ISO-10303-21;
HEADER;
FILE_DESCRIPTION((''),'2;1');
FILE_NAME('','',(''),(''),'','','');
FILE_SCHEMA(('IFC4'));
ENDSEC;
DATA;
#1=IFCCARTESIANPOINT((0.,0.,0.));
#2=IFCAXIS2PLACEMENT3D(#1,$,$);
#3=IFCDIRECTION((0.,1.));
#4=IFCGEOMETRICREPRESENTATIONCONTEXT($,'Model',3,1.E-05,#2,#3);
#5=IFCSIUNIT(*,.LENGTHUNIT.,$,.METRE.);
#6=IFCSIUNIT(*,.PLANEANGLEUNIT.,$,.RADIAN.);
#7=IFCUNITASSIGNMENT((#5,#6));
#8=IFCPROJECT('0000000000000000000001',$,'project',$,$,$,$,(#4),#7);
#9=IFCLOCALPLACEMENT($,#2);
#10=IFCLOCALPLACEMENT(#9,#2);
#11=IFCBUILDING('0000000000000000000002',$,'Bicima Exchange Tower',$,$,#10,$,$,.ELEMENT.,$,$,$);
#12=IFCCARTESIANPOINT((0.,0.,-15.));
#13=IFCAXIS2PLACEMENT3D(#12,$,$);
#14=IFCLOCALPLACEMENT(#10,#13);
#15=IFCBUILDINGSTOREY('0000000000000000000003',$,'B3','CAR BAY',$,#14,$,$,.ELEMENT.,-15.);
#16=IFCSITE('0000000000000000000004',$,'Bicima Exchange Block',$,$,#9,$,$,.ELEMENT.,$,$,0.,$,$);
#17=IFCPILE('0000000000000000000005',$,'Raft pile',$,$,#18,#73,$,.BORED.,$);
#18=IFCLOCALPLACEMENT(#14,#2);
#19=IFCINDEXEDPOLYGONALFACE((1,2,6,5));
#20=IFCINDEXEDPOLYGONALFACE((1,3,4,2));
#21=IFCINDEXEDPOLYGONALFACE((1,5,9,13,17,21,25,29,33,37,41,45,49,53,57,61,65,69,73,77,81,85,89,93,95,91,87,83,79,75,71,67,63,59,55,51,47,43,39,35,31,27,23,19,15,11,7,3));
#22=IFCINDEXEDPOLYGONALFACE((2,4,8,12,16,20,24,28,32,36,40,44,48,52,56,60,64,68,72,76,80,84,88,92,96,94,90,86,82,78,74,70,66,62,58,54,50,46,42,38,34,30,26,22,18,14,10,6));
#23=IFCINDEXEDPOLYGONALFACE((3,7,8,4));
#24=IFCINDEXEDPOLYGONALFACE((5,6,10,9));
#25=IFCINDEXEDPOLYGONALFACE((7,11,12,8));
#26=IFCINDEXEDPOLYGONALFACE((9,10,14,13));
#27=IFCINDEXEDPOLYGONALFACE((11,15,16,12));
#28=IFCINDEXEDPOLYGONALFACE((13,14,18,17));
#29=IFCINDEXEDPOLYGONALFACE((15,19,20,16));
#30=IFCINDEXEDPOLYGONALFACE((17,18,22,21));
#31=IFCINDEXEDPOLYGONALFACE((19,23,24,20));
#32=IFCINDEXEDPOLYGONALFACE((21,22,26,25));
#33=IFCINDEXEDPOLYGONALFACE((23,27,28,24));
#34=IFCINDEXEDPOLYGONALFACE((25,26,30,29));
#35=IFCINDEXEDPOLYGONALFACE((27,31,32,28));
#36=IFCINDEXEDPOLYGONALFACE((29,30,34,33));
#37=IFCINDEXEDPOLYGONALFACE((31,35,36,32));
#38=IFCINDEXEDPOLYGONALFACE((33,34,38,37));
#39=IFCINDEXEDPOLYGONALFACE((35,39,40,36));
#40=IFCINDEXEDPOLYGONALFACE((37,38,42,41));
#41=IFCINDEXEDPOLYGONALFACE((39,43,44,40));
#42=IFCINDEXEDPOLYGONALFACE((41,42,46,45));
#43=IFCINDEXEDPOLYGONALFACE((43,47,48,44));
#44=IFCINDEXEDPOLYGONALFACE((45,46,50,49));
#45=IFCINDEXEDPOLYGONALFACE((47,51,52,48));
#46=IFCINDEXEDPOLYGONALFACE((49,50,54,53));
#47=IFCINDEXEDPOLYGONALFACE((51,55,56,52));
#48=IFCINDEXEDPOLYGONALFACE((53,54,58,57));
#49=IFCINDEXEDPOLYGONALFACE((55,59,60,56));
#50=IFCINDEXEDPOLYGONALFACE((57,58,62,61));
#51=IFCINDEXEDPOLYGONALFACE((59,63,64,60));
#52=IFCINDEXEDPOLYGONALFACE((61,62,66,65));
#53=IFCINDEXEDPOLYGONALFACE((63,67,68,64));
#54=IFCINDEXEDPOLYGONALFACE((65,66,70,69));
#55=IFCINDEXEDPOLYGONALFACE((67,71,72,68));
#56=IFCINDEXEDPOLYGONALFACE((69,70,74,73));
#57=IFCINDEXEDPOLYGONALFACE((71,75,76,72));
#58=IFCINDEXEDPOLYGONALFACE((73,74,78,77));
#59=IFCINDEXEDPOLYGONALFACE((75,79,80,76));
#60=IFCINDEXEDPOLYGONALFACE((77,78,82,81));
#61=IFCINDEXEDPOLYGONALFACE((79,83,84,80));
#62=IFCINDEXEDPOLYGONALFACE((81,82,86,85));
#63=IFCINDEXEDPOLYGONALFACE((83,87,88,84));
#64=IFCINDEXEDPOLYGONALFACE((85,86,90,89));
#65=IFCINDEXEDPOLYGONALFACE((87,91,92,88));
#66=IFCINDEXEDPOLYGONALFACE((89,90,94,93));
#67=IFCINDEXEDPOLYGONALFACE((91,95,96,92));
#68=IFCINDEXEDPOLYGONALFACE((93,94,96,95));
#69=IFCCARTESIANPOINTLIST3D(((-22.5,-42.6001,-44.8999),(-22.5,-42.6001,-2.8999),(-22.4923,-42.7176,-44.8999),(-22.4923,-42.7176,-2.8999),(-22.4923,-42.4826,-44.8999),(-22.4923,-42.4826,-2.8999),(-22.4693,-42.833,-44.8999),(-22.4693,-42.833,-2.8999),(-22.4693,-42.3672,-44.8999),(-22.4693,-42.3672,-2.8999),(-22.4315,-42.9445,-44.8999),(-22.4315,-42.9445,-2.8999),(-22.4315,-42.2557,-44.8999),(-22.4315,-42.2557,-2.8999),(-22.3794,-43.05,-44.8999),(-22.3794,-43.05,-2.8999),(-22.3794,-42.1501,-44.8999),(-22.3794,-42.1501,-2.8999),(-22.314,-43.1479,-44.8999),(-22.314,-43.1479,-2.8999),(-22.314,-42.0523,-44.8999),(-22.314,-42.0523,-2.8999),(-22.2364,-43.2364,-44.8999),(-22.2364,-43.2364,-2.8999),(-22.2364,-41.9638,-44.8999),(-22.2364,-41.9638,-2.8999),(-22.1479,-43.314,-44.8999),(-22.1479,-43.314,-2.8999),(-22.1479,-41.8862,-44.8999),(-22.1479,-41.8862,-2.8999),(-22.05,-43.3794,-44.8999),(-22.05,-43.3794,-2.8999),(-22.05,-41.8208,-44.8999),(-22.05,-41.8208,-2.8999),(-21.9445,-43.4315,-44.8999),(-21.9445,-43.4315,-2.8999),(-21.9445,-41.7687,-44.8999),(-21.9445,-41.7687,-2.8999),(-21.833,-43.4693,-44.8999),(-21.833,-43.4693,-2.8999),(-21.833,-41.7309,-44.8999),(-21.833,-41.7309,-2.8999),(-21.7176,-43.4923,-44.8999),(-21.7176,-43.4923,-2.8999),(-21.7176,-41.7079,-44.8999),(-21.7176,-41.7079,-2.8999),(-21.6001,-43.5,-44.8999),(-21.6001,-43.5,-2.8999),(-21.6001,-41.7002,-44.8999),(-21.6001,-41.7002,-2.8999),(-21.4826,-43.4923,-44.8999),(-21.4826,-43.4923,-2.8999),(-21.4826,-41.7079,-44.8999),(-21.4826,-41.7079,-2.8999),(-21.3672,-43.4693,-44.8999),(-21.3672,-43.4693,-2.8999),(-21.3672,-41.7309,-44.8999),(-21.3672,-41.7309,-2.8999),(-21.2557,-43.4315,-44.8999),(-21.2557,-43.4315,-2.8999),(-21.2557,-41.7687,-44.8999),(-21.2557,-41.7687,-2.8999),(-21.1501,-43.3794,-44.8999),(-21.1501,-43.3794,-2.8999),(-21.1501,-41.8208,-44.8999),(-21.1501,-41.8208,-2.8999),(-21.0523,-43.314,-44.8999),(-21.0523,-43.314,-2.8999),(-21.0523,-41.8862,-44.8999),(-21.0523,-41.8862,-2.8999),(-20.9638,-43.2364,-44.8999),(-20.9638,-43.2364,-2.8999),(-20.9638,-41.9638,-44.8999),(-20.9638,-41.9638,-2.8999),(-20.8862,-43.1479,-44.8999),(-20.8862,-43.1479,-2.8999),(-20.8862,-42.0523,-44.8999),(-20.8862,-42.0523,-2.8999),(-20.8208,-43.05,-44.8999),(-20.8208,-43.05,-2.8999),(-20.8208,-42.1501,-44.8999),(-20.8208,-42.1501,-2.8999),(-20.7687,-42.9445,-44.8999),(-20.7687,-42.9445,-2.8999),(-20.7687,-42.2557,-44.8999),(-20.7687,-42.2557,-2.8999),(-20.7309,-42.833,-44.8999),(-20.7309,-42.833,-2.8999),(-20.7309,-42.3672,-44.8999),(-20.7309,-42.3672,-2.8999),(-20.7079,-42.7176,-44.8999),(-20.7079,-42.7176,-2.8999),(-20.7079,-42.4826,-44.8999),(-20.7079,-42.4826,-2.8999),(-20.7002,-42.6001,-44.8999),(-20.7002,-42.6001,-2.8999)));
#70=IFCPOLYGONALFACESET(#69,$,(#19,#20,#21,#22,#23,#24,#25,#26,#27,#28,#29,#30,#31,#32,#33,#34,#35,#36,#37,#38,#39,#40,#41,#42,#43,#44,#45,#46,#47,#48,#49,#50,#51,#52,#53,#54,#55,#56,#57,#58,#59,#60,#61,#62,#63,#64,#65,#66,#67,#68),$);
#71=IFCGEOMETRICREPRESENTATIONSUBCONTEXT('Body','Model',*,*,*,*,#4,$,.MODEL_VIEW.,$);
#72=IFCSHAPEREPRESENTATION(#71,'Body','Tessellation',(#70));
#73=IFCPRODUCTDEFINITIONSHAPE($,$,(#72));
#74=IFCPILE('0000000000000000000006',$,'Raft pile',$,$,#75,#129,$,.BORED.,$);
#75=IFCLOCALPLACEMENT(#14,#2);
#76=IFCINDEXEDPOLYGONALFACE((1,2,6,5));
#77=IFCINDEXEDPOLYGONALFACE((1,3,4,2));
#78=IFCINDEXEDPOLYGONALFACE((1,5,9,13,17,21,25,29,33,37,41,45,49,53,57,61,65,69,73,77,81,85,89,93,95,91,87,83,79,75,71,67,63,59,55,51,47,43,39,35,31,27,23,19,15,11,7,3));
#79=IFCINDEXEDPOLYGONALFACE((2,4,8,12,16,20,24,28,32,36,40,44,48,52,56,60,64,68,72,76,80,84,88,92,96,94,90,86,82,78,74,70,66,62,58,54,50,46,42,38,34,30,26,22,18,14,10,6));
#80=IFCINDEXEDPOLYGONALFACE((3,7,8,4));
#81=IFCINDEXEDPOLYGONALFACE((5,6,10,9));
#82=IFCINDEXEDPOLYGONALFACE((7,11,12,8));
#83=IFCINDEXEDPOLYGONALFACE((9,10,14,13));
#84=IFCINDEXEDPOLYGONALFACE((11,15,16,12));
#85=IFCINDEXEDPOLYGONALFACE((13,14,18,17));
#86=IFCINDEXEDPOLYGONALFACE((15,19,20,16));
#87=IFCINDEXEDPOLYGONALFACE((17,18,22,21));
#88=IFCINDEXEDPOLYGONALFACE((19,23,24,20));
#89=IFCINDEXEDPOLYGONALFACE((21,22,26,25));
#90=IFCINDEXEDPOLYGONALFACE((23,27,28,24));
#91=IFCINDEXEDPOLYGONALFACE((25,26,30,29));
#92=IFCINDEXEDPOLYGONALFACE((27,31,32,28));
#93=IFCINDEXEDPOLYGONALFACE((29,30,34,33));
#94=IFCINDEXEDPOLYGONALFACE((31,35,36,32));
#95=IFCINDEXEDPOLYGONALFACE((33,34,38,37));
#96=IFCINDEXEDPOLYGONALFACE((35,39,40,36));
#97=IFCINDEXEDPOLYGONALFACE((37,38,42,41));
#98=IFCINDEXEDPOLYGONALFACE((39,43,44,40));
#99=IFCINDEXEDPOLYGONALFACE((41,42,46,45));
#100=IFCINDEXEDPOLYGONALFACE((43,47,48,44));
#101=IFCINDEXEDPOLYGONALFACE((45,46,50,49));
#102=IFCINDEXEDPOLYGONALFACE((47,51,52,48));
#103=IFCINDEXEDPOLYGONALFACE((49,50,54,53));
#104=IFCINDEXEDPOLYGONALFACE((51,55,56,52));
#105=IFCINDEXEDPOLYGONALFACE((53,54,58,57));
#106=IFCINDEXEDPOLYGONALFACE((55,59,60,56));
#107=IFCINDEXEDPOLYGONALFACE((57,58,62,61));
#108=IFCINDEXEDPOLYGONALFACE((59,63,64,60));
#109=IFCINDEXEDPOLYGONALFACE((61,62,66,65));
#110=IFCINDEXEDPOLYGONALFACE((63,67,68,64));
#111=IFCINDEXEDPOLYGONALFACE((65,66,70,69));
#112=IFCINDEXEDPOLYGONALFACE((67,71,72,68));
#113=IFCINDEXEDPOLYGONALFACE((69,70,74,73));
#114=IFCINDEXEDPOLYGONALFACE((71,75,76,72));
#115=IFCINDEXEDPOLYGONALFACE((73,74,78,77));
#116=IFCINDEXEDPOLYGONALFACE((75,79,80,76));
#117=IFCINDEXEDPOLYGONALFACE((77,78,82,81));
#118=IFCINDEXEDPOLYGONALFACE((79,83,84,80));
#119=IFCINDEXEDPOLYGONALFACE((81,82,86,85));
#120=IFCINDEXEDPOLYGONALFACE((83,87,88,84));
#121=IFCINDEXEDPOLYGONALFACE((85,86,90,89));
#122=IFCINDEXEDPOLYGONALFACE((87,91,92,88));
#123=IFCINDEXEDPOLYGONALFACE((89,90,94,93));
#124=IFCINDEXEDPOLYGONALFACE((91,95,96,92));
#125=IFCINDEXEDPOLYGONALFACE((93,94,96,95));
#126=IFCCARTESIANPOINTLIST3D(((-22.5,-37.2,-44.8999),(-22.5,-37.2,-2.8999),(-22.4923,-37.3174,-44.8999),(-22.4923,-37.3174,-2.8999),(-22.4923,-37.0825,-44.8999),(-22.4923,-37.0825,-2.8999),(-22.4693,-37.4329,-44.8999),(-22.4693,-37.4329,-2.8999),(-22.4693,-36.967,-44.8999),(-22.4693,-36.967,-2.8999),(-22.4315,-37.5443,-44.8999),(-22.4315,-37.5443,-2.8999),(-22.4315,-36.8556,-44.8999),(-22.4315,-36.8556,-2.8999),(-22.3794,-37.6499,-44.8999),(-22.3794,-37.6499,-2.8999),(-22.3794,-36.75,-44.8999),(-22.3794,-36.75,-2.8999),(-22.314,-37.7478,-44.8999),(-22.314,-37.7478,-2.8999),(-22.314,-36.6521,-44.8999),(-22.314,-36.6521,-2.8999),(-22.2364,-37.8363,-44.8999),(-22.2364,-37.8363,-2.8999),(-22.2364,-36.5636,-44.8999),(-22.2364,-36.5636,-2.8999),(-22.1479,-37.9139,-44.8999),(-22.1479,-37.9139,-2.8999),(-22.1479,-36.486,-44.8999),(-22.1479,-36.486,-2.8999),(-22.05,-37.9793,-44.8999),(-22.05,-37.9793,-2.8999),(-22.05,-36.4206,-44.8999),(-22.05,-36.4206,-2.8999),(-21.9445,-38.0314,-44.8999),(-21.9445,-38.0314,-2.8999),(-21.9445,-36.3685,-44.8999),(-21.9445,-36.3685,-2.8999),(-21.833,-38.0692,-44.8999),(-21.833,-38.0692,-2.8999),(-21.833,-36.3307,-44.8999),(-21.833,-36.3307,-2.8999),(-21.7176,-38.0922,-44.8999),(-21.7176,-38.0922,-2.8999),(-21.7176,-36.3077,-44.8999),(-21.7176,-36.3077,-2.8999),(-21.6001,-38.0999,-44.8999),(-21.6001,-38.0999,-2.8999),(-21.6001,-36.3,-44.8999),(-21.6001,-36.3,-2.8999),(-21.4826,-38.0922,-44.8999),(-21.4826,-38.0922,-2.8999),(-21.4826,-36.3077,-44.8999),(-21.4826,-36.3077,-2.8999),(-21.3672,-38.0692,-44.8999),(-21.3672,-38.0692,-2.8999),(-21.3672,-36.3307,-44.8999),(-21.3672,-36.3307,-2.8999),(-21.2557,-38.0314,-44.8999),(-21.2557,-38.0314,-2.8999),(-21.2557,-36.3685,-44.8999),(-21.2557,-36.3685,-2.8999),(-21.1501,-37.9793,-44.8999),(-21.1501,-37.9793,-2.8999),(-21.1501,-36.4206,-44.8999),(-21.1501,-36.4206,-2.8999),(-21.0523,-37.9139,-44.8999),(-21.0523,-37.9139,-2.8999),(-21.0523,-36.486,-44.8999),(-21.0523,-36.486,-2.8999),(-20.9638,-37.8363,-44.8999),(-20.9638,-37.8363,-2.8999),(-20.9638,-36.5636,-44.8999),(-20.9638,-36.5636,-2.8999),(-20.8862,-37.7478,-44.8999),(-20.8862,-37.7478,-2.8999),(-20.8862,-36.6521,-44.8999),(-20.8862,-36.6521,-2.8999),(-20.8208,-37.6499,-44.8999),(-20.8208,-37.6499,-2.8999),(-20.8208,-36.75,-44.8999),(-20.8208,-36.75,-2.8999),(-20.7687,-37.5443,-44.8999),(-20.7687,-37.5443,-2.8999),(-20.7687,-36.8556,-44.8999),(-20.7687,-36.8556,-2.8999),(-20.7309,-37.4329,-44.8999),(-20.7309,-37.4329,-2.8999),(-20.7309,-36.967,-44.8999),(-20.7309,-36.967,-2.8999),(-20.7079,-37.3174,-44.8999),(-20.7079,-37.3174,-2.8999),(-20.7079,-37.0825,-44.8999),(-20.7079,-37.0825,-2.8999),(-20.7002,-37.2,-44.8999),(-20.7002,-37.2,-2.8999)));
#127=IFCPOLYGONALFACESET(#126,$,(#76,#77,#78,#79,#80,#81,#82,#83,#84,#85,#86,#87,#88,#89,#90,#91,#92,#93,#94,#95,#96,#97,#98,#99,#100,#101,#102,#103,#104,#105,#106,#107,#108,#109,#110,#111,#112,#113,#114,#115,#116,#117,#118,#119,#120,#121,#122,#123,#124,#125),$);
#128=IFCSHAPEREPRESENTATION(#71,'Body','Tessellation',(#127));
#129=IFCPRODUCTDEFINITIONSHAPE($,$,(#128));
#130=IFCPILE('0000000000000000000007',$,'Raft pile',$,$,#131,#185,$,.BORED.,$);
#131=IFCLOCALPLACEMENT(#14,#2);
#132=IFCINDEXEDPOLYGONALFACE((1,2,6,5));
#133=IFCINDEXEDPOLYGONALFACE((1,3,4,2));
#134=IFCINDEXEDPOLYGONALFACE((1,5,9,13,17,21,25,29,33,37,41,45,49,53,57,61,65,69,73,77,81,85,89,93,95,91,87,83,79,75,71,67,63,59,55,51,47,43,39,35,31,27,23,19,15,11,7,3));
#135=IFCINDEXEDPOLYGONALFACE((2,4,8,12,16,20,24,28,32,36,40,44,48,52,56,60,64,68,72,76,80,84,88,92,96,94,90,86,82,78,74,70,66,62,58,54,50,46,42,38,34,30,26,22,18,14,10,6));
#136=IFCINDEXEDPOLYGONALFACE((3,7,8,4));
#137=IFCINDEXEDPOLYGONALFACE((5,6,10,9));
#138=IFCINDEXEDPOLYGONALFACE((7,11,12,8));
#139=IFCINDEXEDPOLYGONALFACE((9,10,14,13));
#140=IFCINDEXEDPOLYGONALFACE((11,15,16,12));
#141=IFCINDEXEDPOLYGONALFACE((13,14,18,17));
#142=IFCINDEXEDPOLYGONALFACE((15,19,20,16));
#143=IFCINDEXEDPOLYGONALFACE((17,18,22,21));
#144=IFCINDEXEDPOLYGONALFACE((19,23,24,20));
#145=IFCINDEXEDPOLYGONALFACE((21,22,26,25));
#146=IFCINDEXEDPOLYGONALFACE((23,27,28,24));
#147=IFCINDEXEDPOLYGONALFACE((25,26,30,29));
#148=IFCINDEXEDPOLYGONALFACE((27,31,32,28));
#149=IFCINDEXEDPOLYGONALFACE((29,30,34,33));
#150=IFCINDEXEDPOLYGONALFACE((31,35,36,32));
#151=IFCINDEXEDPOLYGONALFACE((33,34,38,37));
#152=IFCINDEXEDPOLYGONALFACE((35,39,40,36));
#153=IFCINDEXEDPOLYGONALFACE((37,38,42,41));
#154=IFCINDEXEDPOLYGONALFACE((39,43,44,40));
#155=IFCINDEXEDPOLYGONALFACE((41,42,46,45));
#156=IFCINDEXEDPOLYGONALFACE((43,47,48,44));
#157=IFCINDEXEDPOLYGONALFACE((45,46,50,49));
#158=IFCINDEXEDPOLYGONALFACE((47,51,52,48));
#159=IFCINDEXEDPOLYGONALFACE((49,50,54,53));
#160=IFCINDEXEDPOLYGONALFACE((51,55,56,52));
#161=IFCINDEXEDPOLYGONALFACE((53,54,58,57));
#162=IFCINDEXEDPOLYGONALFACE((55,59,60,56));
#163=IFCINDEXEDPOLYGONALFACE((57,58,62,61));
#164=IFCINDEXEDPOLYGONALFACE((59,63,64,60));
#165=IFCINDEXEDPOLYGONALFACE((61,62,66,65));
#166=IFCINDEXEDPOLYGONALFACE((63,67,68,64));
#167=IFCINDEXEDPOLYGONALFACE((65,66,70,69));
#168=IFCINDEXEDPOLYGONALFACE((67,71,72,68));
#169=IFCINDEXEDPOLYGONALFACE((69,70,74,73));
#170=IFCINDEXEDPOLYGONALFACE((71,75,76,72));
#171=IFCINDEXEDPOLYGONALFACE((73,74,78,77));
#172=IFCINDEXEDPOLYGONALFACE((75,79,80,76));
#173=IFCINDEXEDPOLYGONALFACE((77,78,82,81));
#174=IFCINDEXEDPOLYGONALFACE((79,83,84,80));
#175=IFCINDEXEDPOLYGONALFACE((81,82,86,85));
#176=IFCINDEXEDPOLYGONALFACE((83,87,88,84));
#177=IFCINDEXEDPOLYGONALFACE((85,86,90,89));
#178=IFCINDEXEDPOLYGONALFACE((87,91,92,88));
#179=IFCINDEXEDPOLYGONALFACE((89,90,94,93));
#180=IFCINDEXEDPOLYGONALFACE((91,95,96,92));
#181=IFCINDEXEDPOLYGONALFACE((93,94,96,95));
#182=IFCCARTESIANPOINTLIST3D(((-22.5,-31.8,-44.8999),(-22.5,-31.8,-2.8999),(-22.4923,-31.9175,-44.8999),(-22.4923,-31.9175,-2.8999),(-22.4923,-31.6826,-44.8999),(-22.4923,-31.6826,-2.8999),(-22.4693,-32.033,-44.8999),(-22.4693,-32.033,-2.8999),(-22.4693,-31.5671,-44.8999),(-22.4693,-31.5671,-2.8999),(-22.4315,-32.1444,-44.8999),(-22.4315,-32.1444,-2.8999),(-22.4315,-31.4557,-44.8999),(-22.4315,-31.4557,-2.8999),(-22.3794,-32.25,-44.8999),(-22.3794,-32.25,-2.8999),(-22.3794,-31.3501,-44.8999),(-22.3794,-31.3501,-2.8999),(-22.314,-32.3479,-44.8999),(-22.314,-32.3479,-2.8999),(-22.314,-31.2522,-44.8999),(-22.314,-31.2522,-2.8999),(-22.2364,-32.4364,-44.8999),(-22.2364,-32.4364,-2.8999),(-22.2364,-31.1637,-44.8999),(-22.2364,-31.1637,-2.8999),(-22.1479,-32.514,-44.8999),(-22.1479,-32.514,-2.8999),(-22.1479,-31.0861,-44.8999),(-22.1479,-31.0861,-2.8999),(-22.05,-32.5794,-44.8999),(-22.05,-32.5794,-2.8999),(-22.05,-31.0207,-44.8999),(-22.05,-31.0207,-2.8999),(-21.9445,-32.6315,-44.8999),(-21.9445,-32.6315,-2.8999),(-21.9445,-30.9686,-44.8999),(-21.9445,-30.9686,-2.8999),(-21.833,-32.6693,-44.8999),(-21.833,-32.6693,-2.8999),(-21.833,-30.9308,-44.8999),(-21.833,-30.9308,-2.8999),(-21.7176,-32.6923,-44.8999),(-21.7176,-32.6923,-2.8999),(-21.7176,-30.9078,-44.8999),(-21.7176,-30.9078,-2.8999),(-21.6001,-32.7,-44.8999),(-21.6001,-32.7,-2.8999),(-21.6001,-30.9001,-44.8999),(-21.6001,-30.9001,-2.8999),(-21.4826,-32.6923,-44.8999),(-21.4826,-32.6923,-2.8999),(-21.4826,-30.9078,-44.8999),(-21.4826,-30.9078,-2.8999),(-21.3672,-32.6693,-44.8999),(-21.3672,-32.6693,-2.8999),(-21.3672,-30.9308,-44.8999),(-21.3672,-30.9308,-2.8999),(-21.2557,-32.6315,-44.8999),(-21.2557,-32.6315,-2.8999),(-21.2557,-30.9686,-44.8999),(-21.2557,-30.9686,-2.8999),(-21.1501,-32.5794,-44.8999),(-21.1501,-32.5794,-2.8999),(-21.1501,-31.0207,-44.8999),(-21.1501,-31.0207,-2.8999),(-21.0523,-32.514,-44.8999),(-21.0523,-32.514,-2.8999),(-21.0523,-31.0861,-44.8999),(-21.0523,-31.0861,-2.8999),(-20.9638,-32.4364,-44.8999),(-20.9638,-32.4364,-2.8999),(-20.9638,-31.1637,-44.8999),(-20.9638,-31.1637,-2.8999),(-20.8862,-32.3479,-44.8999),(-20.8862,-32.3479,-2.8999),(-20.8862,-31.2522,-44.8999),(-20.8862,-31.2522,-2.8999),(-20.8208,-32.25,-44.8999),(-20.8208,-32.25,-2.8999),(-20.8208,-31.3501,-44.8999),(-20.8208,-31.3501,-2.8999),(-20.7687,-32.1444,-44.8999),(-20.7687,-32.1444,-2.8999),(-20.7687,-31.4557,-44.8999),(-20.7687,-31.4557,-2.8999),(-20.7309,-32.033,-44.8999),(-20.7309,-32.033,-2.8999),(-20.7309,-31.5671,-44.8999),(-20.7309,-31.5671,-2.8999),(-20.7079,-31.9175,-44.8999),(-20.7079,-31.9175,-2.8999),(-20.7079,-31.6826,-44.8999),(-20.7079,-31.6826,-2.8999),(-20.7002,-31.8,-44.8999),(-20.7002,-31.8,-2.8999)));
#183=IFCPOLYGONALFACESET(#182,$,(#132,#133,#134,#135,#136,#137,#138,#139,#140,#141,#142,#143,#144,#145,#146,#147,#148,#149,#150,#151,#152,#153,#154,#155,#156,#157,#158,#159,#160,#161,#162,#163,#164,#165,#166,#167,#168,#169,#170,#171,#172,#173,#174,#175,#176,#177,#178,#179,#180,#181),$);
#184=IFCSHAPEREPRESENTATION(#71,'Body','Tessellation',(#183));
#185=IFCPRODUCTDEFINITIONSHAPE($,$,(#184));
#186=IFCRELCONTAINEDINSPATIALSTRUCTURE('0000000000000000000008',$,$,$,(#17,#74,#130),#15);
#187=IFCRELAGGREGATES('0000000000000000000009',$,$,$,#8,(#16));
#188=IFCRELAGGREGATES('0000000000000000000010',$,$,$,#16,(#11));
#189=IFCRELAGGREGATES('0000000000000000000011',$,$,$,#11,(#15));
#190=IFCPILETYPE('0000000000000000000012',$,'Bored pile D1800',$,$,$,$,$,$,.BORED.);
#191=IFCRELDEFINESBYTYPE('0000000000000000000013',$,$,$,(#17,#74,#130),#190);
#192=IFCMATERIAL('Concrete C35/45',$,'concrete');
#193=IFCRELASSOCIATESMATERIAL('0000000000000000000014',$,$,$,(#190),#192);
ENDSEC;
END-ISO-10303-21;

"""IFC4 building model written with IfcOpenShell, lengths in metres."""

from ifc_helpers import new_model, si_unit, direction, frame, origin, origin_2d, place, context, subcontext, project, spatial, circle, extrude, material, material_profile, profile_set, type_object, element, save


model = new_model("IFC4")

# Units and contexts
model_context = context("Model", 3, precision=1e-05, world=origin(), true_north=direction((0.0, 1.0)))
body_context = subcontext(model_context, "Body", "Model", "MODEL_VIEW")
ifc_project = project(units=[si_unit("LENGTHUNIT", "METRE"), si_unit("PLANEANGLEUNIT", "RADIAN")], contexts=[model_context])

# Site, building, storey
site_placement = place(None, origin())
site = spatial("IfcSite", under=ifc_project, at=site_placement, Name="Bicima Exchange Block", CompositionType="ELEMENT", RefElevation=0.0)
building_placement = place(site_placement, origin())
building = spatial("IfcBuilding", under=site, at=building_placement, Name="Bicima Exchange Tower", CompositionType="ELEMENT")
storey_placement = place(building_placement, frame((0.0, 0.0, -15.0)))
storey = spatial("IfcBuildingStorey", under=building, at=storey_placement, Name="B3", Description="CAR BAY", CompositionType="ELEMENT", Elevation=-15.0)

# Piles
ifc_material_1 = material(Name="Concrete C35/45", Category="concrete")
ifc_material_profile_1 = material_profile(ifc_material_1, circle(Radius=0.8999, at=origin_2d()))
ifc_profile_set_1 = profile_set([ifc_material_profile_1], Name="Concrete C35/45")
pile_type = type_object("IfcPileType", Name="Bored pile D1800", PredefinedType="BORED", material=ifc_profile_set_1)
for number, where, z_axis, x_axis, name in (
    (1, (-21.6001, -42.6001, -2.8999), (0.0, 0.0, -1.0), (1.0, 0.0, 0.0), "Raft pile"),
    (2, (-21.6001, -37.2, -2.8999), (0.0, 0.0, -1.0), (1.0, 0.0, 0.0), "Raft pile"),
    (3, (-21.6001, -31.8, -2.8999), (0.0, 0.0, -1.0), (1.0, 0.0, 0.0), "Raft pile"),
):
    element("IfcPile", number, at=place(storey_placement, frame(where, z_axis=z_axis, x_axis=x_axis)), inside=storey, type_object=pile_type, Name=name, PredefinedType="BORED", context=body_context, shape_type="SweptSolid", body=[
        extrude(circle(Radius=0.8999, at=origin_2d()), origin(), (0.0, 0.0, 1.0), 42.0),
    ])

save(model, "model.ifc")
